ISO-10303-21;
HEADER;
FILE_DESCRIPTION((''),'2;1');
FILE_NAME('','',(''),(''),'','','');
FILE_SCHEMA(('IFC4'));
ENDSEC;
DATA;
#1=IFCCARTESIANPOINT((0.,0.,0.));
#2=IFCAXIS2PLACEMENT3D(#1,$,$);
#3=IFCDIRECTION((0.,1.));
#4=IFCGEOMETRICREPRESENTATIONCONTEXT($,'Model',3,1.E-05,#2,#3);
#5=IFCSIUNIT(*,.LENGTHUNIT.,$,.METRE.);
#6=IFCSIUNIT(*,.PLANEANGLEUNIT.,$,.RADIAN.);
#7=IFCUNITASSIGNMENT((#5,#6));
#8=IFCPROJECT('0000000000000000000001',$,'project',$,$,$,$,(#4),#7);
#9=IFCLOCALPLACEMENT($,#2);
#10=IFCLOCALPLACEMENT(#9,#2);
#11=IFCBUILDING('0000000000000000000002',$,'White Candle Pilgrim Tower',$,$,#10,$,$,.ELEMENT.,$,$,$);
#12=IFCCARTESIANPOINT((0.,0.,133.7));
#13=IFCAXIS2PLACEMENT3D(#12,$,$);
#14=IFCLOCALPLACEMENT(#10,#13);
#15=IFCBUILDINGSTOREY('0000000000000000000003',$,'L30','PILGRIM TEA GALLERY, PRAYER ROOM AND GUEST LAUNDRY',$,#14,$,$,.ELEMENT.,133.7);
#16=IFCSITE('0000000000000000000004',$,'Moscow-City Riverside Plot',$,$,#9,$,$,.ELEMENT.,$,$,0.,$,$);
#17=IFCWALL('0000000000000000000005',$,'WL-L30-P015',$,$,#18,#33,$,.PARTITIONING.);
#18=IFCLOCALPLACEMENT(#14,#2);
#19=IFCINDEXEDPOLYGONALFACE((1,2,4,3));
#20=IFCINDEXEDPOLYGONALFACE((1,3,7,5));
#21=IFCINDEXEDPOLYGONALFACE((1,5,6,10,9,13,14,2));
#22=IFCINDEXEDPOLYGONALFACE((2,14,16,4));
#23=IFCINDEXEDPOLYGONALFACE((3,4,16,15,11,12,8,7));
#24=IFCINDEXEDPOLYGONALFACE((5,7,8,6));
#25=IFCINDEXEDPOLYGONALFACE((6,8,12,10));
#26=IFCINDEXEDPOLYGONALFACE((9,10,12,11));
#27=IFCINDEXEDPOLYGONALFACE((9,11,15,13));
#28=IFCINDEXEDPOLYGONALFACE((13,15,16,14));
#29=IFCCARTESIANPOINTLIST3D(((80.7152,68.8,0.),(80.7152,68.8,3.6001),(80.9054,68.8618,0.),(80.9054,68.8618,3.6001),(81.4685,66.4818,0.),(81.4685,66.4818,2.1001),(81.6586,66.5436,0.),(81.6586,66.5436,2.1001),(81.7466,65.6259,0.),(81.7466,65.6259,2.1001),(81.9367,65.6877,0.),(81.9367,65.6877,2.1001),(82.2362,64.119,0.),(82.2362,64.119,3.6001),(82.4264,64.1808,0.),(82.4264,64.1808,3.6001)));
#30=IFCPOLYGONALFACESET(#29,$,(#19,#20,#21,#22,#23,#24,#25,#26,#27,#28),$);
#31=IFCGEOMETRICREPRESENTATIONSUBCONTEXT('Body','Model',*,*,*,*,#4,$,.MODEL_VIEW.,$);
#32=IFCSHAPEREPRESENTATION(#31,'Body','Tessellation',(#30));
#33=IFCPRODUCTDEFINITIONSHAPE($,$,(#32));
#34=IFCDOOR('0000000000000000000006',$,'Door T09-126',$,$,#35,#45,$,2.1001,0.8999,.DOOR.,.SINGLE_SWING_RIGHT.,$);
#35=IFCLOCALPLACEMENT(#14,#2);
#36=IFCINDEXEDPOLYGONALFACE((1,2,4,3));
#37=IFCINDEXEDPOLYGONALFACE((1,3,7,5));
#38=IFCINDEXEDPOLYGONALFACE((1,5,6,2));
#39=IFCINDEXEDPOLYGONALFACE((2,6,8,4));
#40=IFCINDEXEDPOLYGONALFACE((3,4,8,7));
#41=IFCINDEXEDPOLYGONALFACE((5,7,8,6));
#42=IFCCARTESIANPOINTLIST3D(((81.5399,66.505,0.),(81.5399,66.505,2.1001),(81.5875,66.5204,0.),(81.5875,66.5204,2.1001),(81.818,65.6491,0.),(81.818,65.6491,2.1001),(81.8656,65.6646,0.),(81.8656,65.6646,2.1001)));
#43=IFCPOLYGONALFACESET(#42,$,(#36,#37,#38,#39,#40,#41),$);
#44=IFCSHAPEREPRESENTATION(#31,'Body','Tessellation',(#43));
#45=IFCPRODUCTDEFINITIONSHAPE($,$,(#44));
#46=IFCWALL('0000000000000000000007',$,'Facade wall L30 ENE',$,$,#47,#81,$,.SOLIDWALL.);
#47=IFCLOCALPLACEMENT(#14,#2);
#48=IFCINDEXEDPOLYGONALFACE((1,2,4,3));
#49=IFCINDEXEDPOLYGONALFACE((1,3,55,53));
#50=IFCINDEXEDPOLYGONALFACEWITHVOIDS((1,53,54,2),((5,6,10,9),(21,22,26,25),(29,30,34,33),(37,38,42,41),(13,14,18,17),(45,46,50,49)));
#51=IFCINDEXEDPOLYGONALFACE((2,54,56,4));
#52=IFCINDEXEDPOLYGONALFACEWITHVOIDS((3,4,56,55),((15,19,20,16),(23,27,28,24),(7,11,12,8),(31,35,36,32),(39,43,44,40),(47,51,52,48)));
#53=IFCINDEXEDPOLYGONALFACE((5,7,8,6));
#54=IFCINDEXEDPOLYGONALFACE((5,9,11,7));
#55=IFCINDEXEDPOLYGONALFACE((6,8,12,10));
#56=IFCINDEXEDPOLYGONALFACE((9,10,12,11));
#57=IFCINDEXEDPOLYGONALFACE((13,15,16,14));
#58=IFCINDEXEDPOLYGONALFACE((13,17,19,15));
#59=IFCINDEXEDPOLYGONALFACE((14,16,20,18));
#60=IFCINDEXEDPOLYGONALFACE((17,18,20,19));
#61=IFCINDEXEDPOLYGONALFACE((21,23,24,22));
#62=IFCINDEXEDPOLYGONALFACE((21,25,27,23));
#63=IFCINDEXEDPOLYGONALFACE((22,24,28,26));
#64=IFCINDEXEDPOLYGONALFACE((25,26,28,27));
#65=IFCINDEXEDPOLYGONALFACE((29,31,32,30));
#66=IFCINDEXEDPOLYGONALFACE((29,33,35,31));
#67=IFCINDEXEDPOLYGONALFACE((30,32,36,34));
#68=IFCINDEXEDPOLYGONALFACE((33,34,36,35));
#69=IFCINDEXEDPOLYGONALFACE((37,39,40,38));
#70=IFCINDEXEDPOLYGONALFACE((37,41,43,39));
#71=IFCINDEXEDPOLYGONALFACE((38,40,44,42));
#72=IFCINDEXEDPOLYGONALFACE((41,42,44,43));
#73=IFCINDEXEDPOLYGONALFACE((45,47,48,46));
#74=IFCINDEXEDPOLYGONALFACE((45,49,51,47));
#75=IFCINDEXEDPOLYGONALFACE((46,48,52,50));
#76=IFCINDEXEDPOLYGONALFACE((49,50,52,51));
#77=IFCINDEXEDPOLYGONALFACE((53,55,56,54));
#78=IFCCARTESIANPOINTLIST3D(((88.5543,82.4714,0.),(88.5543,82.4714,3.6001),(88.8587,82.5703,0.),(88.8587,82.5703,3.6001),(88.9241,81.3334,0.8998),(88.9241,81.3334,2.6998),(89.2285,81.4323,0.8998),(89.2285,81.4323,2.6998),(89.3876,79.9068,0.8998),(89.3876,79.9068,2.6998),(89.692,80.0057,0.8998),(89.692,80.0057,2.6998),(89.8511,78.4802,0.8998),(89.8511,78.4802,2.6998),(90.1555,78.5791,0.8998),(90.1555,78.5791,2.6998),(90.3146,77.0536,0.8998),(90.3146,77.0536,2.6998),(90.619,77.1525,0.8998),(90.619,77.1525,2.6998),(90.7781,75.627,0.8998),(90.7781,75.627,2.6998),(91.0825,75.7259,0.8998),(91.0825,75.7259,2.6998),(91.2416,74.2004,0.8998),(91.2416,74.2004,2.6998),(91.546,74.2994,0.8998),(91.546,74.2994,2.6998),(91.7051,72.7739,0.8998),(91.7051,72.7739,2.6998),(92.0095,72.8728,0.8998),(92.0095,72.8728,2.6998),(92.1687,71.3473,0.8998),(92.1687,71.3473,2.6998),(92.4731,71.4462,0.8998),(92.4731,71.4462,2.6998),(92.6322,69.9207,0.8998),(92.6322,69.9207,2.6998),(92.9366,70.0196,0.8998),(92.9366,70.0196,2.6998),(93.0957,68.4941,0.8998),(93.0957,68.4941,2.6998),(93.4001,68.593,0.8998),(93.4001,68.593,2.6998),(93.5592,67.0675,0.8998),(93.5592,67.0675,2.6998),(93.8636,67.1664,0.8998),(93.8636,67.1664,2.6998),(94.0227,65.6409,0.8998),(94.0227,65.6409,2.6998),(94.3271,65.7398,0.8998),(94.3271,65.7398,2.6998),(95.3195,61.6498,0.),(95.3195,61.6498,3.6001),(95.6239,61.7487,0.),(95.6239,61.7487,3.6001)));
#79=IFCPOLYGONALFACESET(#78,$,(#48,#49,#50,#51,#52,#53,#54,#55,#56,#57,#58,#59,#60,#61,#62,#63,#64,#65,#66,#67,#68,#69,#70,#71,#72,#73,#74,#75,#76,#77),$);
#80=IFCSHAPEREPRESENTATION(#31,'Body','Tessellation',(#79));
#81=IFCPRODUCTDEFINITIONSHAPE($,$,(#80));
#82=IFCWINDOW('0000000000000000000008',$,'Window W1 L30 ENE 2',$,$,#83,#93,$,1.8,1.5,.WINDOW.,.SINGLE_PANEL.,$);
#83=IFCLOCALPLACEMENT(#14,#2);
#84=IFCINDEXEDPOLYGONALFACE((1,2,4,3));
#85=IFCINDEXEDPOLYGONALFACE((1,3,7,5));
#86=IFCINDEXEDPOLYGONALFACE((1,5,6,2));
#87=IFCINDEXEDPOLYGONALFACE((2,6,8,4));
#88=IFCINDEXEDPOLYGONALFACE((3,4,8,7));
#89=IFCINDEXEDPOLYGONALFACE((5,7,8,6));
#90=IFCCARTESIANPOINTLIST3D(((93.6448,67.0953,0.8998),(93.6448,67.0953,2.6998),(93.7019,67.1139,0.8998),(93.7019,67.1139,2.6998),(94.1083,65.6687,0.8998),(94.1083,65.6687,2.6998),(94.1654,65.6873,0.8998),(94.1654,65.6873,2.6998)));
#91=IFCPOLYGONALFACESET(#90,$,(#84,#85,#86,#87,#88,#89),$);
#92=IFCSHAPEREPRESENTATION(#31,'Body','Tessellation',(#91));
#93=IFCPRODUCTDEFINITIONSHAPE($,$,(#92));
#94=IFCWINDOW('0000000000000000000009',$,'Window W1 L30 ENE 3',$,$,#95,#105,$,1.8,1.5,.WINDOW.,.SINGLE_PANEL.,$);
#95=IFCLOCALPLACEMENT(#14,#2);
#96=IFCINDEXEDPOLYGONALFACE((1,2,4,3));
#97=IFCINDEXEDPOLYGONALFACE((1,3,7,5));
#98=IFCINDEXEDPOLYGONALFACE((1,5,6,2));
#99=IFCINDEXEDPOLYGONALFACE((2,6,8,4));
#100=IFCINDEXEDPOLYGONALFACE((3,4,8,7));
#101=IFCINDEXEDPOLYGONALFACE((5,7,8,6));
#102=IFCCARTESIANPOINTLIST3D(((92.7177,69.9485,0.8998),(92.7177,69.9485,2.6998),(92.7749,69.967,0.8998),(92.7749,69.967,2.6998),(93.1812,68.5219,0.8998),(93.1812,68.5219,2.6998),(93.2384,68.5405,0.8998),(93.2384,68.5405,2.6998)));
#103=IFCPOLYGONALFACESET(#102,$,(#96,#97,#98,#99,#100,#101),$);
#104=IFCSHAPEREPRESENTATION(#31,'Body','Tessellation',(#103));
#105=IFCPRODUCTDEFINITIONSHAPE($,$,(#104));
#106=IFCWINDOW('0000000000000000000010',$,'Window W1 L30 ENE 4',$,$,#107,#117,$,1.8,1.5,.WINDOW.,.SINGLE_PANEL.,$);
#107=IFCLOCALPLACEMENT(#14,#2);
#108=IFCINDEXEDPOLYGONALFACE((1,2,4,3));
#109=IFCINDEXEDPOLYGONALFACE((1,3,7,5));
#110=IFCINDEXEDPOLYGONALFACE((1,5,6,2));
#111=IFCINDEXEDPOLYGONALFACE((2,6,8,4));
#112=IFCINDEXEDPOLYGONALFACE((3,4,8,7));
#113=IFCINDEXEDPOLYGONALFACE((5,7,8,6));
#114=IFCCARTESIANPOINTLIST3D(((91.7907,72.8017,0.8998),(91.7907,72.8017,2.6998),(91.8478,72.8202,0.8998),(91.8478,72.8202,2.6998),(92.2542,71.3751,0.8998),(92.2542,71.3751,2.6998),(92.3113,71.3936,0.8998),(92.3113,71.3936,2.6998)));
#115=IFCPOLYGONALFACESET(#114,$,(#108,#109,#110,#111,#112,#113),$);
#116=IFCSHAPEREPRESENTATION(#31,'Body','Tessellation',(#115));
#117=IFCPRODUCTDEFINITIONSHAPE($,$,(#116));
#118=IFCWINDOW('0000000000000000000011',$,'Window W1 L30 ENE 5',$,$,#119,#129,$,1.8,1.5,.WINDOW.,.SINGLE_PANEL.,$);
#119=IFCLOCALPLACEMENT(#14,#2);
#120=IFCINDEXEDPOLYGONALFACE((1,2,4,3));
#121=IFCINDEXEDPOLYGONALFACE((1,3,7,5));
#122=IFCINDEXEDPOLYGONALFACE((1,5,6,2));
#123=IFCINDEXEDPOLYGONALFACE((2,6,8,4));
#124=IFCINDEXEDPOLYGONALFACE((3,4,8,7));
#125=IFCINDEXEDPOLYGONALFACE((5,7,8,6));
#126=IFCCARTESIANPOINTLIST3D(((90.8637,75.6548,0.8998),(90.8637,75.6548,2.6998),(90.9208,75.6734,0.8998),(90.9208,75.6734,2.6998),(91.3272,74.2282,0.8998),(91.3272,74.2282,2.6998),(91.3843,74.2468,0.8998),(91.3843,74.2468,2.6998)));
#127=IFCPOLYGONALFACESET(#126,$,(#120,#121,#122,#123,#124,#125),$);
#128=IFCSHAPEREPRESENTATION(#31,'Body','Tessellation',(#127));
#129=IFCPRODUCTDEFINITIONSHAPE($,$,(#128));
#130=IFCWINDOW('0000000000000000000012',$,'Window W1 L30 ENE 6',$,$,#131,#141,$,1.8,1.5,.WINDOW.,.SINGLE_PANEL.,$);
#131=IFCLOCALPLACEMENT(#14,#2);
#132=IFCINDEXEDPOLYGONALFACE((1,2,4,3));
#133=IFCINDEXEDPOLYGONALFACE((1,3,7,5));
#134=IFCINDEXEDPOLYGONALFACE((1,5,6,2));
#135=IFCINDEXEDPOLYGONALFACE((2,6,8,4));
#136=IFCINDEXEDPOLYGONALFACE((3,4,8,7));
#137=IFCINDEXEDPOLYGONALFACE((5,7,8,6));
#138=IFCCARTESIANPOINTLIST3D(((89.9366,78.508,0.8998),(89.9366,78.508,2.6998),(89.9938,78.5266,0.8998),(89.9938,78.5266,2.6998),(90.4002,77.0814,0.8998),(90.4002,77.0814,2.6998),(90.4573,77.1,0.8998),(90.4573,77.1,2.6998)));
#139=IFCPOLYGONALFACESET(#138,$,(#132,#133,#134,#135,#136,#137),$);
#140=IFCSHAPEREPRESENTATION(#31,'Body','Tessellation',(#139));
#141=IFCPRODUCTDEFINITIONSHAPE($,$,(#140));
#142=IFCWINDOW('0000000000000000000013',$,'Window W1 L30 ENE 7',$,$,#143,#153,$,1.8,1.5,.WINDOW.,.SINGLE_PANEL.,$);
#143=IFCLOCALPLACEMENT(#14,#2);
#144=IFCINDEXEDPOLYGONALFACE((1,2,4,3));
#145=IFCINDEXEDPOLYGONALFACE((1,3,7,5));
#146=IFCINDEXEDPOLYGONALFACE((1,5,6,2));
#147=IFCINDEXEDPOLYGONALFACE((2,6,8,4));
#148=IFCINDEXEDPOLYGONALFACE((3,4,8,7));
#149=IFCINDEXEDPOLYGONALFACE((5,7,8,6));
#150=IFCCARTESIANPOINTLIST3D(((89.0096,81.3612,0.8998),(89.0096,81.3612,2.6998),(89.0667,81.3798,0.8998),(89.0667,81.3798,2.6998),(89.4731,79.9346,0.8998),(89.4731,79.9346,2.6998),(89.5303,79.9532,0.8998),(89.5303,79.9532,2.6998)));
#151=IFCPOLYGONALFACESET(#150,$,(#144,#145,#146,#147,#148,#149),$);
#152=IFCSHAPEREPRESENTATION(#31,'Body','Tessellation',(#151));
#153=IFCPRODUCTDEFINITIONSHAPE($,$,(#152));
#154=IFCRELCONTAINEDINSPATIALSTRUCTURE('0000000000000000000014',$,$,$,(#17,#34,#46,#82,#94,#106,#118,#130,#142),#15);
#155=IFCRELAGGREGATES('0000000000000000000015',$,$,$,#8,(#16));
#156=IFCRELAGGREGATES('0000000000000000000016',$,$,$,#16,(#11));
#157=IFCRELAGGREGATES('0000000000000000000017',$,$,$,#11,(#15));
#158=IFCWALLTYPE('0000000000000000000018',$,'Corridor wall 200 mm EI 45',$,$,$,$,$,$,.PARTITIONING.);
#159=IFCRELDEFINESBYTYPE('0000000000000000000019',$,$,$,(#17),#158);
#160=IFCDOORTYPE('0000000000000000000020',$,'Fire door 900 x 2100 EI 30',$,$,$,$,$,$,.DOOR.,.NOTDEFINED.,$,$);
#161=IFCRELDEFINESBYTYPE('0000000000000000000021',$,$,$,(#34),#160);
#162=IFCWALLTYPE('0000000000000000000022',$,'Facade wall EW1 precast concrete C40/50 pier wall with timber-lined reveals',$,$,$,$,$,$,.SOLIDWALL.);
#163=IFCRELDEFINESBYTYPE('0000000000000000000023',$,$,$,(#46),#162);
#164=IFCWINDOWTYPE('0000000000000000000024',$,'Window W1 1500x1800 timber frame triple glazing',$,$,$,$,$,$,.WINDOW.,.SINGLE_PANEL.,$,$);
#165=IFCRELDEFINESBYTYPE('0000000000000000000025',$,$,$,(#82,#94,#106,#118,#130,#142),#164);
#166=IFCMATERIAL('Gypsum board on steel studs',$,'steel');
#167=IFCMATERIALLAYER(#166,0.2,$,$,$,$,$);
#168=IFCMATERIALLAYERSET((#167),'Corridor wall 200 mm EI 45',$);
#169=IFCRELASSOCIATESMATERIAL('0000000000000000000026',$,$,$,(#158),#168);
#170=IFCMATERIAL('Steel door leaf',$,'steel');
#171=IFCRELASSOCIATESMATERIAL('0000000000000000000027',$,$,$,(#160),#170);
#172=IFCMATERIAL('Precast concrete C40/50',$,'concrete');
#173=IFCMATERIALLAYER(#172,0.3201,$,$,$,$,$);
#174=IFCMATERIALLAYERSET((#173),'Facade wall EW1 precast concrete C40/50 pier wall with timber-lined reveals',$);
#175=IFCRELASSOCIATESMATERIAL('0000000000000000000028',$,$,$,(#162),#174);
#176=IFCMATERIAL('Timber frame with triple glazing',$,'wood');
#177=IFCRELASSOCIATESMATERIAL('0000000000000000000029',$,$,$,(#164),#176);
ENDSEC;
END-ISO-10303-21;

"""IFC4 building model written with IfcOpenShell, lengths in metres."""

from ifc_helpers import new_model, si_unit, direction, frame, frame_2d, origin, place, context, subcontext, project, spatial, rectangle, extrude, material, layer, layer_set, type_object, element, fill, save


model = new_model("IFC4")

# Units and contexts
model_context = context("Model", 3, precision=1e-05, world=origin(), true_north=direction((0.0, 1.0)))
body_context = subcontext(model_context, "Body", "Model", "MODEL_VIEW")
ifc_project = project(units=[si_unit("LENGTHUNIT", "METRE"), si_unit("PLANEANGLEUNIT", "RADIAN")], contexts=[model_context])

# Site, building, storey
site_placement = place(None, origin())
site = spatial("IfcSite", under=ifc_project, at=site_placement, Name="Moscow-City Riverside Plot", CompositionType="ELEMENT", RefElevation=0.0)
building_placement = place(site_placement, origin())
building = spatial("IfcBuilding", under=site, at=building_placement, Name="White Candle Pilgrim Tower", CompositionType="ELEMENT")
storey_placement = place(building_placement, frame((0.0, 0.0, 133.7)))
storey = spatial("IfcBuildingStorey", under=building, at=storey_placement, Name="L30", Description="PILGRIM TEA GALLERY, PRAYER ROOM AND GUEST LAUNDRY", CompositionType="ELEMENT", Elevation=133.7)

# Shared definitions
ifc_material_1 = material(Name="Gypsum board on steel studs", Category="steel")
ifc_layer_1 = layer(ifc_material_1, 0.2)
ifc_layer_set_1 = layer_set([ifc_layer_1], Name="Corridor wall 200 mm EI 45")
wall_type_1 = type_object("IfcWallType", Name="Corridor wall 200 mm EI 45", PredefinedType="PARTITIONING", material=ifc_layer_set_1)
ifc_material_2 = material(Name="Steel door leaf", Category="steel")
door_type_1 = type_object("IfcDoorType", Name="Fire door 900 x 2100 EI 30", OperationType="NOTDEFINED", PredefinedType="DOOR", material=ifc_material_2)

# Wall, opening, door
wall_1_placement = place(storey_placement, frame((82.3313, 64.1499, 0.0), z_axis=(0.0, 0.0, 1.0), x_axis=(-0.309031, 0.951052, 0.0)))
wall_1 = element("IfcWall", 1, at=wall_1_placement, inside=storey, type_object=wall_type_1, Name="WL-L30-P015", PredefinedType="PARTITIONING", context=body_context, shape_type="SweptSolid", body=[
    extrude(rectangle(XDim=4.9219, YDim=0.2, at=frame_2d((2.4609, 0.0))), origin(), (0.0, 0.0, 1.0), 3.6001),
])
opening_1_placement = place(wall_1_placement, frame((1.5845, 0.0, 0.0)))
opening_1 = element("IfcOpeningElement", 2, at=opening_1_placement, cuts=wall_1, PredefinedType="OPENING", context=body_context, shape_type="SweptSolid", body=[
    extrude(rectangle(XDim=0.8999, YDim=2.1001, at=frame_2d((0.45, 1.05))), frame((0.0, 0.1099, 0.0), z_axis=(0.0, -1.0, 0.0), x_axis=(1.0, 0.0, 0.0)), (0.0, 0.0, 1.0), 0.22),
])
door_1_placement = place(opening_1_placement, origin())
door_1 = element("IfcDoor", 3, at=door_1_placement, inside=storey, type_object=door_type_1, Name="Door T09-126", OperationType="SINGLE_SWING_RIGHT", OverallHeight=2.1001, OverallWidth=0.8999, PredefinedType="DOOR", context=body_context, shape_type="SweptSolid", body=[
    extrude(rectangle(XDim=0.8999, YDim=2.1001, at=frame_2d((0.45, 1.05))), frame((0.0, 0.0249, 0.0), z_axis=(0.0, -1.0, 0.0), x_axis=(1.0, 0.0, 0.0)), (0.0, 0.0, 1.0), 0.05),
])
fill(opening_1, door_1)

# Wall, openings, windows
ifc_material_3 = material(Name="Precast concrete C40/50", Category="concrete")
ifc_layer_2 = layer(ifc_material_3, 0.3201)
ifc_layer_set_2 = layer_set([ifc_layer_2], Name="Facade wall EW1 precast concrete C40/50 pier wall with timber-lined reveals")
wall_type_2 = type_object("IfcWallType", Name="Facade wall EW1 precast concrete C40/50 pier wall with timber-lined reveals", PredefinedType="SOLIDWALL", material=ifc_layer_set_2)
wall_2_placement = place(storey_placement, frame((95.4717, 61.6992, 0.0), z_axis=(0.0, 0.0, 1.0), x_axis=(-0.309009, 0.951059, 0.0)))
wall_2 = element("IfcWall", 4, at=wall_2_placement, inside=storey, type_object=wall_type_2, Name="Facade wall L30 ENE", PredefinedType="SOLIDWALL", context=body_context, shape_type="SweptSolid", body=[
    extrude(rectangle(XDim=21.8931, YDim=0.3201, at=frame_2d((10.9465, 0.0))), origin(), (0.0, 0.0, 1.0), 3.6001),
])
opening_2_placement = place(wall_2_placement, frame((4.1965, 0.0, 0.8999)))
opening_2 = element("IfcOpeningElement", 5, at=opening_2_placement, cuts=wall_2, PredefinedType="OPENING", context=body_context, shape_type="SweptSolid", body=[
    extrude(rectangle(XDim=1.5, YDim=1.8, at=frame_2d((0.75, 0.8999))), frame((0.0, 0.1699, 0.0), z_axis=(0.0, -1.0, 0.0), x_axis=(1.0, 0.0, 0.0)), (0.0, 0.0, 1.0), 0.3401),
])
opening_3_placement = place(wall_2_placement, frame((7.1965, 0.0, 0.8999)))
opening_3 = element("IfcOpeningElement", 6, at=opening_3_placement, cuts=wall_2, PredefinedType="OPENING", context=body_context, shape_type="SweptSolid", body=[
    extrude(rectangle(XDim=1.5, YDim=1.8, at=frame_2d((0.75, 0.8999))), frame((0.0, 0.1699, 0.0), z_axis=(0.0, -1.0, 0.0), x_axis=(1.0, 0.0, 0.0)), (0.0, 0.0, 1.0), 0.3401),
])
opening_4_placement = place(wall_2_placement, frame((10.1965, 0.0, 0.8999)))
opening_4 = element("IfcOpeningElement", 7, at=opening_4_placement, cuts=wall_2, PredefinedType="OPENING", context=body_context, shape_type="SweptSolid", body=[
    extrude(rectangle(XDim=1.5, YDim=1.8, at=frame_2d((0.75, 0.8999))), frame((0.0, 0.1699, 0.0), z_axis=(0.0, -1.0, 0.0), x_axis=(1.0, 0.0, 0.0)), (0.0, 0.0, 1.0), 0.3401),
])
opening_5_placement = place(wall_2_placement, frame((13.1965, 0.0, 0.8999)))
opening_5 = element("IfcOpeningElement", 8, at=opening_5_placement, cuts=wall_2, PredefinedType="OPENING", context=body_context, shape_type="SweptSolid", body=[
    extrude(rectangle(XDim=1.5, YDim=1.8, at=frame_2d((0.75, 0.8999))), frame((0.0, 0.1699, 0.0), z_axis=(0.0, -1.0, 0.0), x_axis=(1.0, 0.0, 0.0)), (0.0, 0.0, 1.0), 0.3401),
])
opening_6_placement = place(wall_2_placement, frame((16.1965, 0.0, 0.8999)))
opening_6 = element("IfcOpeningElement", 9, at=opening_6_placement, cuts=wall_2, PredefinedType="OPENING", context=body_context, shape_type="SweptSolid", body=[
    extrude(rectangle(XDim=1.5, YDim=1.8, at=frame_2d((0.75, 0.8999))), frame((0.0, 0.1699, 0.0), z_axis=(0.0, -1.0, 0.0), x_axis=(1.0, 0.0, 0.0)), (0.0, 0.0, 1.0), 0.3401),
])
opening_7_placement = place(wall_2_placement, frame((19.1965, 0.0, 0.8999)))
opening_7 = element("IfcOpeningElement", 10, at=opening_7_placement, cuts=wall_2, PredefinedType="OPENING", context=body_context, shape_type="SweptSolid", body=[
    extrude(rectangle(XDim=1.5, YDim=1.8, at=frame_2d((0.75, 0.8999))), frame((0.0, 0.1699, 0.0), z_axis=(0.0, -1.0, 0.0), x_axis=(1.0, 0.0, 0.0)), (0.0, 0.0, 1.0), 0.3401),
])
ifc_material_4 = material(Name="Timber frame with triple glazing", Category="wood")
window_type = type_object("IfcWindowType", Name="Window W1 1500x1800 timber frame triple glazing", PartitioningType="SINGLE_PANEL", PredefinedType="WINDOW", material=ifc_material_4)
window_1_placement = place(opening_2_placement, origin())
window_1 = element("IfcWindow", 11, at=window_1_placement, inside=storey, type_object=window_type, Name="Window W1 L30 ENE 2", OverallHeight=1.8, OverallWidth=1.5, PartitioningType="SINGLE_PANEL", PredefinedType="WINDOW", context=body_context, shape_type="SweptSolid", body=[
    extrude(rectangle(XDim=1.5, YDim=1.8, at=frame_2d((0.75, 0.8999))), frame((0.0, 0.0701, 0.0), z_axis=(0.0, -1.0, 0.0), x_axis=(1.0, 0.0, 0.0)), (0.0, 0.0, 1.0), 0.0601),
])
fill(opening_2, window_1)
window_2_placement = place(opening_3_placement, origin())
window_2 = element("IfcWindow", 12, at=window_2_placement, inside=storey, type_object=window_type, Name="Window W1 L30 ENE 3", OverallHeight=1.8, OverallWidth=1.5, PartitioningType="SINGLE_PANEL", PredefinedType="WINDOW", context=body_context, shape_type="SweptSolid", body=[
    extrude(rectangle(XDim=1.5, YDim=1.8, at=frame_2d((0.75, 0.8999))), frame((0.0, 0.0701, 0.0), z_axis=(0.0, -1.0, 0.0), x_axis=(1.0, 0.0, 0.0)), (0.0, 0.0, 1.0), 0.0601),
])
fill(opening_3, window_2)
window_3_placement = place(opening_4_placement, origin())
window_3 = element("IfcWindow", 13, at=window_3_placement, inside=storey, type_object=window_type, Name="Window W1 L30 ENE 4", OverallHeight=1.8, OverallWidth=1.5, PartitioningType="SINGLE_PANEL", PredefinedType="WINDOW", context=body_context, shape_type="SweptSolid", body=[
    extrude(rectangle(XDim=1.5, YDim=1.8, at=frame_2d((0.75, 0.8999))), frame((0.0, 0.0701, 0.0), z_axis=(0.0, -1.0, 0.0), x_axis=(1.0, 0.0, 0.0)), (0.0, 0.0, 1.0), 0.0601),
])
fill(opening_4, window_3)
window_4_placement = place(opening_5_placement, origin())
window_4 = element("IfcWindow", 14, at=window_4_placement, inside=storey, type_object=window_type, Name="Window W1 L30 ENE 5", OverallHeight=1.8, OverallWidth=1.5, PartitioningType="SINGLE_PANEL", PredefinedType="WINDOW", context=body_context, shape_type="SweptSolid", body=[
    extrude(rectangle(XDim=1.5, YDim=1.8, at=frame_2d((0.75, 0.8999))), frame((0.0, 0.0701, 0.0), z_axis=(0.0, -1.0, 0.0), x_axis=(1.0, 0.0, 0.0)), (0.0, 0.0, 1.0), 0.0601),
])
fill(opening_5, window_4)
window_5_placement = place(opening_6_placement, origin())
window_5 = element("IfcWindow", 15, at=window_5_placement, inside=storey, type_object=window_type, Name="Window W1 L30 ENE 6", OverallHeight=1.8, OverallWidth=1.5, PartitioningType="SINGLE_PANEL", PredefinedType="WINDOW", context=body_context, shape_type="SweptSolid", body=[
    extrude(rectangle(XDim=1.5, YDim=1.8, at=frame_2d((0.75, 0.8999))), frame((0.0, 0.0701, 0.0), z_axis=(0.0, -1.0, 0.0), x_axis=(1.0, 0.0, 0.0)), (0.0, 0.0, 1.0), 0.0601),
])
fill(opening_6, window_5)
window_6_placement = place(opening_7_placement, origin())
window_6 = element("IfcWindow", 16, at=window_6_placement, inside=storey, type_object=window_type, Name="Window W1 L30 ENE 7", OverallHeight=1.8, OverallWidth=1.5, PartitioningType="SINGLE_PANEL", PredefinedType="WINDOW", context=body_context, shape_type="SweptSolid", body=[
    extrude(rectangle(XDim=1.5, YDim=1.8, at=frame_2d((0.75, 0.8999))), frame((0.0, 0.0701, 0.0), z_axis=(0.0, -1.0, 0.0), x_axis=(1.0, 0.0, 0.0)), (0.0, 0.0, 1.0), 0.0601),
])
fill(opening_7, window_6)

save(model, "model.ifc")
